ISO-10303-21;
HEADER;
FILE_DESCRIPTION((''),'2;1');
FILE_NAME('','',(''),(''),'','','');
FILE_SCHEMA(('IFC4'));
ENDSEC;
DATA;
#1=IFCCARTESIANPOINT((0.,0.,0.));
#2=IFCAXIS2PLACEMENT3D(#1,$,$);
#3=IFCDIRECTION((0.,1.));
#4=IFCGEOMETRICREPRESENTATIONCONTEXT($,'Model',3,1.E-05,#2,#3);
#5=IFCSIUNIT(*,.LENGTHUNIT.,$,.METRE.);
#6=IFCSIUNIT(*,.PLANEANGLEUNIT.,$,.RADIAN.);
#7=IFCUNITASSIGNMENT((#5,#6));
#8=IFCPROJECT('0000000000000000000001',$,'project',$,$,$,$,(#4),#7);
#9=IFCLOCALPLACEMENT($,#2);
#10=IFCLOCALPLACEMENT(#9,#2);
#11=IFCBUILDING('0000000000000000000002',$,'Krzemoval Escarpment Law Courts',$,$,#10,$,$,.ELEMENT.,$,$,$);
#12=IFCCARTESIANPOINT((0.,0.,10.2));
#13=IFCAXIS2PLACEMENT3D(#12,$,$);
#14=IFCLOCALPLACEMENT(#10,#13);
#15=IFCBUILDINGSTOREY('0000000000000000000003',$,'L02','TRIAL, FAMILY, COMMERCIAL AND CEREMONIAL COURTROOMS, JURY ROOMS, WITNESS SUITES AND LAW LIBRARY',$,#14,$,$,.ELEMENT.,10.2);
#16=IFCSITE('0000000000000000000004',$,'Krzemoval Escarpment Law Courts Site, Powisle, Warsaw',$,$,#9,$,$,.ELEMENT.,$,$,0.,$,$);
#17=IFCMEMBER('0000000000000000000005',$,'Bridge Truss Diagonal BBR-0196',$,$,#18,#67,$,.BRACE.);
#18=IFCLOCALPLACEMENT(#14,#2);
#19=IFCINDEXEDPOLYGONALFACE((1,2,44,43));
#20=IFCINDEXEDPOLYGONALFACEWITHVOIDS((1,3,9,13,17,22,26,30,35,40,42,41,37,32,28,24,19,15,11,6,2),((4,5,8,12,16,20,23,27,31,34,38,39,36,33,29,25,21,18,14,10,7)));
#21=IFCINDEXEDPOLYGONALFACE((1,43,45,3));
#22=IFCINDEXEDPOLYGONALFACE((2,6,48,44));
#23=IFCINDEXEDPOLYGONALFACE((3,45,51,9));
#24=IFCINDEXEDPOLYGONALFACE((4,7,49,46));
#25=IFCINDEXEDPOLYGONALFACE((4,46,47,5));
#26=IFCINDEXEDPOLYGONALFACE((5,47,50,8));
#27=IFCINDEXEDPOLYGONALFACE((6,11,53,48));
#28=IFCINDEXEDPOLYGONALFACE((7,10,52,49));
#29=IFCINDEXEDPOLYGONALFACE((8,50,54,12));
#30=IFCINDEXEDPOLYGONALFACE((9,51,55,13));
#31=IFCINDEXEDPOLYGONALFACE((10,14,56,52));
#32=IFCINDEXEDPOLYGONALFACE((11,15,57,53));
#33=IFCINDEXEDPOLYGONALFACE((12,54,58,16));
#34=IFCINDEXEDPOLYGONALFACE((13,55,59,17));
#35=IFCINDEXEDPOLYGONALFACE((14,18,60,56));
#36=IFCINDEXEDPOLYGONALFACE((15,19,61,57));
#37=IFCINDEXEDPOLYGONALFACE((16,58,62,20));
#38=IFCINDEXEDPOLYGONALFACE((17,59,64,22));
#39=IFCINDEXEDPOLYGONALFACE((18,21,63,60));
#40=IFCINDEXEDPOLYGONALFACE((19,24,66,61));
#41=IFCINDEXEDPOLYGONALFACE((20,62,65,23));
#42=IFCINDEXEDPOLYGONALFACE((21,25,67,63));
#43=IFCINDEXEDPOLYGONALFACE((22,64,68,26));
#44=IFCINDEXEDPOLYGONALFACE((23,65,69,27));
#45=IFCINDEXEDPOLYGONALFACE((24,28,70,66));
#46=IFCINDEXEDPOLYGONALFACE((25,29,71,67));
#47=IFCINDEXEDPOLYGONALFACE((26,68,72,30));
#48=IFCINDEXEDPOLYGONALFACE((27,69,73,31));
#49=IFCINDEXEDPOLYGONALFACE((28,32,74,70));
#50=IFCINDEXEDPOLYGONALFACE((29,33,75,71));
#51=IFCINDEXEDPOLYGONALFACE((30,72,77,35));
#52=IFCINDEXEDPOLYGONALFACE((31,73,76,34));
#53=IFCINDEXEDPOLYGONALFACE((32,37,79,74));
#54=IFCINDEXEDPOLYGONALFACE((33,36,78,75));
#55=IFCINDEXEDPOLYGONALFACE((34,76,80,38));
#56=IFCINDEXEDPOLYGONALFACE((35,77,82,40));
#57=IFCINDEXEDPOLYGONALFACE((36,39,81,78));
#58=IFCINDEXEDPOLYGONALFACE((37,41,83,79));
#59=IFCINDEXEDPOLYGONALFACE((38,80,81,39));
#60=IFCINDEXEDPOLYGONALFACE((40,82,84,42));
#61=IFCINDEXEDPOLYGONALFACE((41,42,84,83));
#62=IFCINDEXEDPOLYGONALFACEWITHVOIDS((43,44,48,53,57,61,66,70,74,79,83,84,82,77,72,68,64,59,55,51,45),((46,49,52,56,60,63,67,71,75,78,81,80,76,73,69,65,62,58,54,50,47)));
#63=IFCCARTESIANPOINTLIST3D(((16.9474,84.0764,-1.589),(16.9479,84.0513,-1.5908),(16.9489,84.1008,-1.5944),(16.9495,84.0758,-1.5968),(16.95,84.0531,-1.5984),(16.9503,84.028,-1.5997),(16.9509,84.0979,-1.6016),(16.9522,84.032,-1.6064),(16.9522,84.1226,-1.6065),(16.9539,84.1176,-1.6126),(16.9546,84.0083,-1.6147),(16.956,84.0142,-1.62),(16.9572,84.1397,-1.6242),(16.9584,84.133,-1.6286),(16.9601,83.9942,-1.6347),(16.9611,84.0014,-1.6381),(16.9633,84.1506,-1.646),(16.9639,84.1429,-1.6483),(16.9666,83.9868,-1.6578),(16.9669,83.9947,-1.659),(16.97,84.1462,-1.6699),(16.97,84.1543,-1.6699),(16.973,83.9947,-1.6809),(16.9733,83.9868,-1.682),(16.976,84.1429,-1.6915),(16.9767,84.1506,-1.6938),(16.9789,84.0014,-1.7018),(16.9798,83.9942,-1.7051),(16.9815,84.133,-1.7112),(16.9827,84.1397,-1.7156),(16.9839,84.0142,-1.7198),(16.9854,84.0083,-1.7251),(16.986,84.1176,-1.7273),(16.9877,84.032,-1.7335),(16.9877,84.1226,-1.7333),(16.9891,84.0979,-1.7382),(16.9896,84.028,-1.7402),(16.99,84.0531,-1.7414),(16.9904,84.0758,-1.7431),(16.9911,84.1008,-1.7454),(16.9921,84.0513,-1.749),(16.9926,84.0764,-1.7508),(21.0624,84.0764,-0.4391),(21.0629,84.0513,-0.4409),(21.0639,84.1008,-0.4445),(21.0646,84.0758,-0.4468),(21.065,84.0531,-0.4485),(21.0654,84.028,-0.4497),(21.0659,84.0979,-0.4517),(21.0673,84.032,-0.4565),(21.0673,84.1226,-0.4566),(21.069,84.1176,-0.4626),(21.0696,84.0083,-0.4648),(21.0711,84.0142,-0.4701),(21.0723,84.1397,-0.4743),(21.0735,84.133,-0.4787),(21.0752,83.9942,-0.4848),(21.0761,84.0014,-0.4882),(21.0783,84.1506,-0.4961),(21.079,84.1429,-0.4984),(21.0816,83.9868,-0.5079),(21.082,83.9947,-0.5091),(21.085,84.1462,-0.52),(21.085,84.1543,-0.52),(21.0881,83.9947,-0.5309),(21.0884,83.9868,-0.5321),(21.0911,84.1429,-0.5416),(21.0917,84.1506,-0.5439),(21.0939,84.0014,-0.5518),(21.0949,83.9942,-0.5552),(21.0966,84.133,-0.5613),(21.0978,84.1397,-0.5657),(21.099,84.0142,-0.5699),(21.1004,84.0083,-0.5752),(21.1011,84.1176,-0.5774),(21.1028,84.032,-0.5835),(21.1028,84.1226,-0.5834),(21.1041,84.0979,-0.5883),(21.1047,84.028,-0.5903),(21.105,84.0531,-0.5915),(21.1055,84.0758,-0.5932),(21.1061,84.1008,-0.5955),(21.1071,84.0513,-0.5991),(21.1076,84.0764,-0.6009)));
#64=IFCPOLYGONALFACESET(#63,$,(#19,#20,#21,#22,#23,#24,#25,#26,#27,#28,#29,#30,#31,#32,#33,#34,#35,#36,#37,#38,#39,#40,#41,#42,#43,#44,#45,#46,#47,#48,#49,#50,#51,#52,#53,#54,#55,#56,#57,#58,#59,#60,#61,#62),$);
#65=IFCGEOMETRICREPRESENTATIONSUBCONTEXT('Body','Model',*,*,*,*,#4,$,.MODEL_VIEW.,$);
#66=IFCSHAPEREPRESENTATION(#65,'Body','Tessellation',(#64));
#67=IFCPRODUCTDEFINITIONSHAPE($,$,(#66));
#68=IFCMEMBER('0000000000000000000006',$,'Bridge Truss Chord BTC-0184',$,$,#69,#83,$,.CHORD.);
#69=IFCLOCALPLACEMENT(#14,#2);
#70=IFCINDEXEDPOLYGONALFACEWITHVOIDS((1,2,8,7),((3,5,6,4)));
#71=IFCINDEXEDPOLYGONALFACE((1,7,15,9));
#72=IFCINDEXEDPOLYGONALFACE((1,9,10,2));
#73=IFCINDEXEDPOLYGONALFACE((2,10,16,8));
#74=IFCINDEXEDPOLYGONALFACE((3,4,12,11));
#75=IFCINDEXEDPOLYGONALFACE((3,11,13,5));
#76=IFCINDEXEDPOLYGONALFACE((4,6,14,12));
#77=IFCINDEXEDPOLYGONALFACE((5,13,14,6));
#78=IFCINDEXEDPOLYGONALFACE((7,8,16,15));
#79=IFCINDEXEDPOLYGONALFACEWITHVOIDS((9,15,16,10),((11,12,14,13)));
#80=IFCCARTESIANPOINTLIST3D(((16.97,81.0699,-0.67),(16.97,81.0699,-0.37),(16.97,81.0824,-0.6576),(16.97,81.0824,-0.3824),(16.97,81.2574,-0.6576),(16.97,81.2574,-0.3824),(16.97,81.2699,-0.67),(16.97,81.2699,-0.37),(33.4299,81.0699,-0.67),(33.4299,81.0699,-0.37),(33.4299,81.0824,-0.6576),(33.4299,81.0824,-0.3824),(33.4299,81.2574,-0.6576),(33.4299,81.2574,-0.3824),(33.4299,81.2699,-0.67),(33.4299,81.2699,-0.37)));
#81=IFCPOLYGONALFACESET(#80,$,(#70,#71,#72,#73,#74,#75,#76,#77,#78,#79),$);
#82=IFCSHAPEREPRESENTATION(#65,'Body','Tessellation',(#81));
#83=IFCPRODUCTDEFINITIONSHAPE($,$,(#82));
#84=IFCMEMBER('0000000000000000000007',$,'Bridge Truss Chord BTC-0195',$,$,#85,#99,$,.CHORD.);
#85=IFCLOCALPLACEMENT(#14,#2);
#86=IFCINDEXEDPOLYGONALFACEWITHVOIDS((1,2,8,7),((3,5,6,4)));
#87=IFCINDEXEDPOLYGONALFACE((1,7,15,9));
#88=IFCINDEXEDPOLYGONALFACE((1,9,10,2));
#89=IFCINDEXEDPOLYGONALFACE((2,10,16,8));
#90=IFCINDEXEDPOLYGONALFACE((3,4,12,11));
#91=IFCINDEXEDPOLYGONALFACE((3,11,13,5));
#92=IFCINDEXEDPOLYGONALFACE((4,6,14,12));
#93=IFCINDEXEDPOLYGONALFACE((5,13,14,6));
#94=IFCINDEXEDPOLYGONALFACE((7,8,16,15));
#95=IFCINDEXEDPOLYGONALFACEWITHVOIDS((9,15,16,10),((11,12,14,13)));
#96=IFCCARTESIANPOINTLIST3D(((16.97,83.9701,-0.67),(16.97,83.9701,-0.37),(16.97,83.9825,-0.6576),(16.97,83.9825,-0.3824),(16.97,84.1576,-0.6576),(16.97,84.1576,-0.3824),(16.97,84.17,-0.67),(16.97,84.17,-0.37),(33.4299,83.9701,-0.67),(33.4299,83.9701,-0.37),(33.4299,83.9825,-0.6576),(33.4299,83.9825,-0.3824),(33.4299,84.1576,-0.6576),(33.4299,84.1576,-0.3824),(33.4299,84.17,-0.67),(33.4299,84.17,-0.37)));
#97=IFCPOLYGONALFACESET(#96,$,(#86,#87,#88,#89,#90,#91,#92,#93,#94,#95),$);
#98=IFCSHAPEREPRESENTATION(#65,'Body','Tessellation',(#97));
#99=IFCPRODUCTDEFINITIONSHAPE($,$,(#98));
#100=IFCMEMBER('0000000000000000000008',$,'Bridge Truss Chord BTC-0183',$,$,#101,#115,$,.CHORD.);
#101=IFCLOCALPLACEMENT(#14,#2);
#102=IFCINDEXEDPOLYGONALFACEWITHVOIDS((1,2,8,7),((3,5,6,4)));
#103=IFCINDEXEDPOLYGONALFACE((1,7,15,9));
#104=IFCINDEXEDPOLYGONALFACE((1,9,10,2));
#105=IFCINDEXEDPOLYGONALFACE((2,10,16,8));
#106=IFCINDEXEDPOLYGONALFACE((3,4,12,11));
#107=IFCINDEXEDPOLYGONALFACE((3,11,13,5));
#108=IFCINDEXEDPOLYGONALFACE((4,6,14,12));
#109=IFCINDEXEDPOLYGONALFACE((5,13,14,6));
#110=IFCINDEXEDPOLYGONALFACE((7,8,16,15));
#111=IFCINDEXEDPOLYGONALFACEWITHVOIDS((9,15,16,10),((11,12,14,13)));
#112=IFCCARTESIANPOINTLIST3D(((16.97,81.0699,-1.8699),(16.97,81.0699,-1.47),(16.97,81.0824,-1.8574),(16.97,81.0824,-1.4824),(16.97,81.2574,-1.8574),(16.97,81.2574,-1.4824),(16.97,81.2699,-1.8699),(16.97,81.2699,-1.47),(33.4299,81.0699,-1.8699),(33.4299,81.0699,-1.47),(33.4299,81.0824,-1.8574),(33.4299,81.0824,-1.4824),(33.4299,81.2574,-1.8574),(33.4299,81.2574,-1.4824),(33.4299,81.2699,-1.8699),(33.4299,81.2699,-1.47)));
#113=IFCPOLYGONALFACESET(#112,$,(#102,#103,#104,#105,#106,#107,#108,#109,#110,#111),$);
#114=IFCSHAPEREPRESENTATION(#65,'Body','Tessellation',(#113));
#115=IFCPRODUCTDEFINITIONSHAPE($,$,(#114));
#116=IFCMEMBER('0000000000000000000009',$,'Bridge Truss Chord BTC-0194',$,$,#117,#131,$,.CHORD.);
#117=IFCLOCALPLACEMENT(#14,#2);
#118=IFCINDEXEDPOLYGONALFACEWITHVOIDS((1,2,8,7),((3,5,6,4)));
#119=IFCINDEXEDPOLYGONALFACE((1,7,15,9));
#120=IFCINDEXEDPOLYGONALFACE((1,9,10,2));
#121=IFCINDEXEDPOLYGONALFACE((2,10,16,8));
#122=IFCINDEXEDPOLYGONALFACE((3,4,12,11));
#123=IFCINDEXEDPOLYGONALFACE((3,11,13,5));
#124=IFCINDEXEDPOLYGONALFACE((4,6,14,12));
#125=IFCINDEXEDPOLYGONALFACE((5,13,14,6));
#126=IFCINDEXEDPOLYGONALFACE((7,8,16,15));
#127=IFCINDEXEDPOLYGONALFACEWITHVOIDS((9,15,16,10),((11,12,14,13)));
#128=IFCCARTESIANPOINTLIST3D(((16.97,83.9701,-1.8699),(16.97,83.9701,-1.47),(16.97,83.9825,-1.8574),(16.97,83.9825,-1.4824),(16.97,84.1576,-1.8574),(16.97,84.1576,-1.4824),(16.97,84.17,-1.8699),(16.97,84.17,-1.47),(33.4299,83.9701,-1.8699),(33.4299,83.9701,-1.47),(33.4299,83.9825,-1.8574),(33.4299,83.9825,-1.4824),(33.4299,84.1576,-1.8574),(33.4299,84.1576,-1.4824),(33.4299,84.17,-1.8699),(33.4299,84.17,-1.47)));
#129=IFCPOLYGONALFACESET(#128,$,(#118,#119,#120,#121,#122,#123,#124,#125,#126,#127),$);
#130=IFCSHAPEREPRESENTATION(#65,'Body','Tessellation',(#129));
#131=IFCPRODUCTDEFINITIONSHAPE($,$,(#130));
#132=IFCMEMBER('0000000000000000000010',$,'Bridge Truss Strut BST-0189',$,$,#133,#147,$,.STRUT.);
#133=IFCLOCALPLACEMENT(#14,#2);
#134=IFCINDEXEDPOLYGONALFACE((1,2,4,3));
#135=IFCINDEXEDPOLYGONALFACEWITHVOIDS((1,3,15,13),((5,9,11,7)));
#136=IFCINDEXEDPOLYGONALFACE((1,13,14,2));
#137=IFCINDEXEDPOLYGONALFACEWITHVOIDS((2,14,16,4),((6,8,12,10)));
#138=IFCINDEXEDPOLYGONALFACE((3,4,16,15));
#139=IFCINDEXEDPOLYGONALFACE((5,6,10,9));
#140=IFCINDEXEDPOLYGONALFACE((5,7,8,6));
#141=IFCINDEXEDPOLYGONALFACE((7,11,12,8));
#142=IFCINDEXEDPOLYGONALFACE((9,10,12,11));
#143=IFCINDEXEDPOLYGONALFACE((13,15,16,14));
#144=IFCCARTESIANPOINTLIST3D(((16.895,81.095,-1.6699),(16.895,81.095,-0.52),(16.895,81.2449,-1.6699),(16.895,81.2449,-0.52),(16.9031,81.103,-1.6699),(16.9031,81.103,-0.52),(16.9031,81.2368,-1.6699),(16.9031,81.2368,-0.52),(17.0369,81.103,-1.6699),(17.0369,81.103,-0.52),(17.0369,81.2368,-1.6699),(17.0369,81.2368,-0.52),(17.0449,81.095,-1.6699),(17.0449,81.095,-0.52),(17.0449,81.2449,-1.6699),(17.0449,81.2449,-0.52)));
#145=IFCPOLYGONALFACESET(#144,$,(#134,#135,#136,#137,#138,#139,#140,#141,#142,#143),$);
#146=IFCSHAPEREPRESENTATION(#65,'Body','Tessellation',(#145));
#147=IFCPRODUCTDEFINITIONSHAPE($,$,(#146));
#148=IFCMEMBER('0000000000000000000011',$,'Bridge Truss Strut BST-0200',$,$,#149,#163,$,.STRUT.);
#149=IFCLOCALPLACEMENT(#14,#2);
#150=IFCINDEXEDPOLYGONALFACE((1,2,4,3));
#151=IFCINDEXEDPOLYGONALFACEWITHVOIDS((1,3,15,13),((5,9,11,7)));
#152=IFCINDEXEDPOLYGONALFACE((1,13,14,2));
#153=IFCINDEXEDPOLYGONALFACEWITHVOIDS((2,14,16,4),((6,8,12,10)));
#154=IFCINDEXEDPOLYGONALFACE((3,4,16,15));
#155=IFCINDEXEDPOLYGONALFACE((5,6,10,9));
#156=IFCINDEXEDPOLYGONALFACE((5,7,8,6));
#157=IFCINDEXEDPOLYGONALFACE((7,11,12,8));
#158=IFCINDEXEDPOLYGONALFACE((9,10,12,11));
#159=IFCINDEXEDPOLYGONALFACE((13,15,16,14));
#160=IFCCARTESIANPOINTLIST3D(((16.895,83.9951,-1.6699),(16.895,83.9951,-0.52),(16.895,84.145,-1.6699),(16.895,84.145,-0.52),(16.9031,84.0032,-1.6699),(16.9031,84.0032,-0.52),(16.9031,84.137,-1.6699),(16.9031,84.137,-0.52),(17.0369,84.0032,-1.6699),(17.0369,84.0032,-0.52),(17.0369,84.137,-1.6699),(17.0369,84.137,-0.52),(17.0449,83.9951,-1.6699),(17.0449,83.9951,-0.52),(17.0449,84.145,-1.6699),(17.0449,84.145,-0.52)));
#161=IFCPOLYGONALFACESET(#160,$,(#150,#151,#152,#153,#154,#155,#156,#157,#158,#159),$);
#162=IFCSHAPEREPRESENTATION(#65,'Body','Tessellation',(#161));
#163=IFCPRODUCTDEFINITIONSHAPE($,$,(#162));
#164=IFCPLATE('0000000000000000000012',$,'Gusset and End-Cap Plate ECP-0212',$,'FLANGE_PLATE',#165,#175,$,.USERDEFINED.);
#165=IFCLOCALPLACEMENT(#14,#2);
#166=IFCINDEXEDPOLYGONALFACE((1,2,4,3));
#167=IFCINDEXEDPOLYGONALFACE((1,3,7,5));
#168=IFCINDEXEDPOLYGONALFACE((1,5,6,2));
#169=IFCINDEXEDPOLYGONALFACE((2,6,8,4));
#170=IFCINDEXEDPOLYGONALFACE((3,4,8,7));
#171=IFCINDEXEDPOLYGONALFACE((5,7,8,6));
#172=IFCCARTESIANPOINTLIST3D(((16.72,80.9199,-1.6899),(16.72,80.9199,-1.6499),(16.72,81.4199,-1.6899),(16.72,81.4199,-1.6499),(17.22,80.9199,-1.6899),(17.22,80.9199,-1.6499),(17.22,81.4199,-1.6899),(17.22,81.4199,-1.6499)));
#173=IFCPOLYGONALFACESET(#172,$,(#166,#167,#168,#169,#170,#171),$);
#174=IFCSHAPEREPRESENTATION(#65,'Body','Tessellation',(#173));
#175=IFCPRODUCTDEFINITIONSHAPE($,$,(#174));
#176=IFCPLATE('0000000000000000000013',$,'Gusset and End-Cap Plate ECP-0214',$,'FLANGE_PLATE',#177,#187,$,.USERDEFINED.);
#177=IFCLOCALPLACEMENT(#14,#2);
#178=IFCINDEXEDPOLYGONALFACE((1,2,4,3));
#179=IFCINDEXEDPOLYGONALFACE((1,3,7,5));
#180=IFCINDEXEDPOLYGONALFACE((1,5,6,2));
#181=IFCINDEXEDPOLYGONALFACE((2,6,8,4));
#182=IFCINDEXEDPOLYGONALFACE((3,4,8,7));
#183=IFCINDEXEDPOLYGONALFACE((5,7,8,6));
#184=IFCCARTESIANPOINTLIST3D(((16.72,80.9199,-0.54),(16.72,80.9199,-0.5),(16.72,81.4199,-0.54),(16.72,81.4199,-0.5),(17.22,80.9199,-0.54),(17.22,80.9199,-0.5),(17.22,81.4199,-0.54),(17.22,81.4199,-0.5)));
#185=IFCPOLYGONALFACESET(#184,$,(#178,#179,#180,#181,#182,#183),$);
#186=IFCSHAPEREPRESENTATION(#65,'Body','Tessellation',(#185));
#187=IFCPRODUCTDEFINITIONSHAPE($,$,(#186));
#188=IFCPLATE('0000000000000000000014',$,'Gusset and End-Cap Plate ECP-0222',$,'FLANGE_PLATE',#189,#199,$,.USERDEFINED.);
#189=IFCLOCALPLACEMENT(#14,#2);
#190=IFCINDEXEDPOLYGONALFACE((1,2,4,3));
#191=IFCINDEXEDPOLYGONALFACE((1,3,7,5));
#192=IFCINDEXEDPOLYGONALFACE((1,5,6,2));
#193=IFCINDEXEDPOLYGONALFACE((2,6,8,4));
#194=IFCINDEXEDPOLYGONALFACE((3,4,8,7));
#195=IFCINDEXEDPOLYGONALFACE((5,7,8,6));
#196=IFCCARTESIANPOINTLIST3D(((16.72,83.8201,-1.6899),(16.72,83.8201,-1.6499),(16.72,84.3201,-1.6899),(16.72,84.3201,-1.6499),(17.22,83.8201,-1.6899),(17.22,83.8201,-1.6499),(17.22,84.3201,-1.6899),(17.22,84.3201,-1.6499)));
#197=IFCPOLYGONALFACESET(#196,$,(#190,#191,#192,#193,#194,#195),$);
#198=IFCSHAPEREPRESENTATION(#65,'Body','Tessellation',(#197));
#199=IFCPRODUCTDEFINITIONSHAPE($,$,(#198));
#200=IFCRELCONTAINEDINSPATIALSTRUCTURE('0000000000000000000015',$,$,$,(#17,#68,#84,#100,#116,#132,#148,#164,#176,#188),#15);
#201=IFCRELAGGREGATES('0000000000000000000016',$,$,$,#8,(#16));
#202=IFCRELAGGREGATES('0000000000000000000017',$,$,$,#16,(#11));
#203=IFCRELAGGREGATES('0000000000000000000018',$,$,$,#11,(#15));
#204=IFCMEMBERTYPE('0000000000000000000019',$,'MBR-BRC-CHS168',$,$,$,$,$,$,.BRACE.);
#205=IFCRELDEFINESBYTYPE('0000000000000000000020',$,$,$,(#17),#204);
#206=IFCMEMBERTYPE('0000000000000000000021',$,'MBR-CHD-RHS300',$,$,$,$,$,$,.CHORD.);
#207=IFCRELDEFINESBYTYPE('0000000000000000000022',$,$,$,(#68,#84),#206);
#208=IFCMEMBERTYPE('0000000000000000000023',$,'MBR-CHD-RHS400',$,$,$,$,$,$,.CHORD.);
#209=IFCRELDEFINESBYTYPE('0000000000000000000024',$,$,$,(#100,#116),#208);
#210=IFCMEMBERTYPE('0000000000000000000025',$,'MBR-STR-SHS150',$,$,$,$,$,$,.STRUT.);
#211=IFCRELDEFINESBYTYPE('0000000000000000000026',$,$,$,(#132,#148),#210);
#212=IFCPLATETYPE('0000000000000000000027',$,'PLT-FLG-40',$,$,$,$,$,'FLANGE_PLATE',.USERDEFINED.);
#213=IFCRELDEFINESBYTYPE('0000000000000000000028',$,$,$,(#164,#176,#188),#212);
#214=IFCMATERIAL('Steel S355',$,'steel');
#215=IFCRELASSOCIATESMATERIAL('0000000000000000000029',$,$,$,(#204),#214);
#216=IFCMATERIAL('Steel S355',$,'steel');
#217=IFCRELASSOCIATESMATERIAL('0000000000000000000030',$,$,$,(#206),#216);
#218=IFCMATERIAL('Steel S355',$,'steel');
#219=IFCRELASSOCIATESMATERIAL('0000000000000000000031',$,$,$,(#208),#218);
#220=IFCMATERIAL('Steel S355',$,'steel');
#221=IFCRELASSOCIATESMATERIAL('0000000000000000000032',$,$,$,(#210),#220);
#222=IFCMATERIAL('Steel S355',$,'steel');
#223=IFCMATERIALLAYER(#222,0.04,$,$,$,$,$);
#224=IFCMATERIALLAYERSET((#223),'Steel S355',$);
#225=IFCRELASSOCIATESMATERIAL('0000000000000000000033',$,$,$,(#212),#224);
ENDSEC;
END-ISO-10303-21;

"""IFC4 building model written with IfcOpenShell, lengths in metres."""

from ifc_helpers import new_model, si_unit, direction, frame, origin, origin_2d, place, context, subcontext, project, spatial, rectangle, hollow_rectangle, hollow_circle, extrude, material, layer, layer_set, material_profile, profile_set, type_object, element, save


model = new_model("IFC4")

# Units and contexts
model_context = context("Model", 3, precision=1e-05, world=origin(), true_north=direction((0.0, 1.0)))
body_context = subcontext(model_context, "Body", "Model", "MODEL_VIEW")
ifc_project = project(units=[si_unit("LENGTHUNIT", "METRE"), si_unit("PLANEANGLEUNIT", "RADIAN")], contexts=[model_context])

# Site, building, storey
site_placement = place(None, origin())
site = spatial("IfcSite", under=ifc_project, at=site_placement, Name="Krzemoval Escarpment Law Courts Site, Powisle, Warsaw", CompositionType="ELEMENT", RefElevation=0.0)
building_placement = place(site_placement, origin())
building = spatial("IfcBuilding", under=site, at=building_placement, Name="Krzemoval Escarpment Law Courts", CompositionType="ELEMENT")
storey_placement = place(building_placement, frame((0.0, 0.0, 10.2)))
storey = spatial("IfcBuildingStorey", under=building, at=storey_placement, Name="L02", Description="TRIAL, FAMILY, COMMERCIAL AND CEREMONIAL COURTROOMS, JURY ROOMS, WITNESS SUITES AND LAW LIBRARY", CompositionType="ELEMENT", Elevation=10.2)

# Members
ifc_material_1 = material(Name="Steel S355", Category="steel")
ifc_material_profile_1 = material_profile(ifc_material_1, hollow_circle(Radius=0.0842, WallThickness=0.0081, at=origin_2d()), Name="CHS 168.3x8")
ifc_profile_set_1 = profile_set([ifc_material_profile_1], Name="Steel S355")
member_type_1 = type_object("IfcMemberType", Name="MBR-BRC-CHS168", PredefinedType="BRACE", material=ifc_profile_set_1)
for number, where, z_axis, x_axis, name in (
    (1, (16.97, 84.0701, -1.6699), (0.963103, 0.0, 0.269132), (0.0, 1.0, 0.0), "Bridge Truss Diagonal BBR-0196"),
):
    element("IfcMember", number, at=place(storey_placement, frame(where, z_axis=z_axis, x_axis=x_axis)), inside=storey, type_object=member_type_1, Name=name, PredefinedType="BRACE", context=body_context, shape_type="SweptSolid", body=[
        extrude(hollow_circle(Radius=0.0842, WallThickness=0.0081, at=origin_2d()), origin(), (0.0, 0.0, 1.0), 4.2727),
    ])
ifc_material_2 = material(Name="Steel S355", Category="steel")
ifc_material_profile_2 = material_profile(ifc_material_2, hollow_rectangle(XDim=0.2, YDim=0.3, WallThickness=0.0125, at=origin_2d()), Name="RHS 300x200x12.5")
ifc_profile_set_2 = profile_set([ifc_material_profile_2], Name="Steel S355")
member_type_2 = type_object("IfcMemberType", Name="MBR-CHD-RHS300", PredefinedType="CHORD", material=ifc_profile_set_2)
for number, where, z_axis, x_axis, name in (
    (2, (16.97, 81.1699, -0.52), (1.0, 0.0, 0.0), (0.0, 1.0, 0.0), "Bridge Truss Chord BTC-0184"),
    (3, (16.97, 84.0701, -0.52), (1.0, 0.0, 0.0), (0.0, 1.0, 0.0), "Bridge Truss Chord BTC-0195"),
):
    element("IfcMember", number, at=place(storey_placement, frame(where, z_axis=z_axis, x_axis=x_axis)), inside=storey, type_object=member_type_2, Name=name, PredefinedType="CHORD", context=body_context, shape_type="SweptSolid", body=[
        extrude(hollow_rectangle(XDim=0.2, YDim=0.3, WallThickness=0.0125, at=origin_2d()), origin(), (0.0, 0.0, 1.0), 16.46),
    ])
ifc_material_3 = material(Name="Steel S355", Category="steel")
ifc_material_profile_3 = material_profile(ifc_material_3, hollow_rectangle(XDim=0.2, YDim=0.3999, WallThickness=0.0125, at=origin_2d()), Name="RHS 400x200x12.5")
ifc_profile_set_3 = profile_set([ifc_material_profile_3], Name="Steel S355")
member_type_3 = type_object("IfcMemberType", Name="MBR-CHD-RHS400", PredefinedType="CHORD", material=ifc_profile_set_3)
for number, where, z_axis, x_axis, name in (
    (4, (16.97, 81.1699, -1.6699), (1.0, 0.0, 0.0), (0.0, 1.0, 0.0), "Bridge Truss Chord BTC-0183"),
    (5, (16.97, 84.0701, -1.6699), (1.0, 0.0, 0.0), (0.0, 1.0, 0.0), "Bridge Truss Chord BTC-0194"),
):
    element("IfcMember", number, at=place(storey_placement, frame(where, z_axis=z_axis, x_axis=x_axis)), inside=storey, type_object=member_type_3, Name=name, PredefinedType="CHORD", context=body_context, shape_type="SweptSolid", body=[
        extrude(hollow_rectangle(XDim=0.2, YDim=0.3999, WallThickness=0.0125, at=origin_2d()), origin(), (0.0, 0.0, 1.0), 16.46),
    ])
ifc_material_4 = material(Name="Steel S355", Category="steel")
ifc_material_profile_4 = material_profile(ifc_material_4, hollow_rectangle(XDim=0.1499, YDim=0.1499, WallThickness=0.0081, at=origin_2d()), Name="SHS 150x150x8")
ifc_profile_set_4 = profile_set([ifc_material_profile_4], Name="Steel S355")
member_type_4 = type_object("IfcMemberType", Name="MBR-STR-SHS150", PredefinedType="STRUT", material=ifc_profile_set_4)
for number, where, z_axis, x_axis, name in (
    (6, (16.97, 81.1699, -1.6699), (0.0, 0.0, 1.0), (1.0, 0.0, 0.0), "Bridge Truss Strut BST-0189"),
    (7, (16.97, 84.0701, -1.6699), (0.0, 0.0, 1.0), (1.0, 0.0, 0.0), "Bridge Truss Strut BST-0200"),
):
    element("IfcMember", number, at=place(storey_placement, frame(where, z_axis=z_axis, x_axis=x_axis)), inside=storey, type_object=member_type_4, Name=name, PredefinedType="STRUT", context=body_context, shape_type="SweptSolid", body=[
        extrude(hollow_rectangle(XDim=0.1499, YDim=0.1499, WallThickness=0.0081, at=origin_2d()), origin(), (0.0, 0.0, 1.0), 1.1499),
    ])

# Plates
ifc_material_5 = material(Name="Steel S355", Category="steel")
ifc_layer_1 = layer(ifc_material_5, 0.04)
ifc_layer_set_1 = layer_set([ifc_layer_1], Name="Steel S355")
plate_type = type_object("IfcPlateType", Name="PLT-FLG-40", ElementType="FLANGE_PLATE", PredefinedType="USERDEFINED", material=ifc_layer_set_1)
for number, where, z_axis, x_axis, name in (
    (8, (16.97, 81.1699, -1.6899), (0.0, 0.0, 1.0), (1.0, 0.0, 0.0), "Gusset and End-Cap Plate ECP-0212"),
    (9, (16.97, 81.1699, -0.54), (0.0, 0.0, 1.0), (1.0, 0.0, 0.0), "Gusset and End-Cap Plate ECP-0214"),
    (10, (16.97, 84.0701, -1.6899), (0.0, 0.0, 1.0), (1.0, 0.0, 0.0), "Gusset and End-Cap Plate ECP-0222"),
):
    element("IfcPlate", number, at=place(storey_placement, frame(where, z_axis=z_axis, x_axis=x_axis)), inside=storey, type_object=plate_type, Name=name, ObjectType="FLANGE_PLATE", PredefinedType="USERDEFINED", context=body_context, shape_type="SweptSolid", body=[
        extrude(rectangle(XDim=0.5, YDim=0.5, at=origin_2d()), origin(), (0.0, 0.0, 1.0), 0.04),
    ])

save(model, "model.ifc")
